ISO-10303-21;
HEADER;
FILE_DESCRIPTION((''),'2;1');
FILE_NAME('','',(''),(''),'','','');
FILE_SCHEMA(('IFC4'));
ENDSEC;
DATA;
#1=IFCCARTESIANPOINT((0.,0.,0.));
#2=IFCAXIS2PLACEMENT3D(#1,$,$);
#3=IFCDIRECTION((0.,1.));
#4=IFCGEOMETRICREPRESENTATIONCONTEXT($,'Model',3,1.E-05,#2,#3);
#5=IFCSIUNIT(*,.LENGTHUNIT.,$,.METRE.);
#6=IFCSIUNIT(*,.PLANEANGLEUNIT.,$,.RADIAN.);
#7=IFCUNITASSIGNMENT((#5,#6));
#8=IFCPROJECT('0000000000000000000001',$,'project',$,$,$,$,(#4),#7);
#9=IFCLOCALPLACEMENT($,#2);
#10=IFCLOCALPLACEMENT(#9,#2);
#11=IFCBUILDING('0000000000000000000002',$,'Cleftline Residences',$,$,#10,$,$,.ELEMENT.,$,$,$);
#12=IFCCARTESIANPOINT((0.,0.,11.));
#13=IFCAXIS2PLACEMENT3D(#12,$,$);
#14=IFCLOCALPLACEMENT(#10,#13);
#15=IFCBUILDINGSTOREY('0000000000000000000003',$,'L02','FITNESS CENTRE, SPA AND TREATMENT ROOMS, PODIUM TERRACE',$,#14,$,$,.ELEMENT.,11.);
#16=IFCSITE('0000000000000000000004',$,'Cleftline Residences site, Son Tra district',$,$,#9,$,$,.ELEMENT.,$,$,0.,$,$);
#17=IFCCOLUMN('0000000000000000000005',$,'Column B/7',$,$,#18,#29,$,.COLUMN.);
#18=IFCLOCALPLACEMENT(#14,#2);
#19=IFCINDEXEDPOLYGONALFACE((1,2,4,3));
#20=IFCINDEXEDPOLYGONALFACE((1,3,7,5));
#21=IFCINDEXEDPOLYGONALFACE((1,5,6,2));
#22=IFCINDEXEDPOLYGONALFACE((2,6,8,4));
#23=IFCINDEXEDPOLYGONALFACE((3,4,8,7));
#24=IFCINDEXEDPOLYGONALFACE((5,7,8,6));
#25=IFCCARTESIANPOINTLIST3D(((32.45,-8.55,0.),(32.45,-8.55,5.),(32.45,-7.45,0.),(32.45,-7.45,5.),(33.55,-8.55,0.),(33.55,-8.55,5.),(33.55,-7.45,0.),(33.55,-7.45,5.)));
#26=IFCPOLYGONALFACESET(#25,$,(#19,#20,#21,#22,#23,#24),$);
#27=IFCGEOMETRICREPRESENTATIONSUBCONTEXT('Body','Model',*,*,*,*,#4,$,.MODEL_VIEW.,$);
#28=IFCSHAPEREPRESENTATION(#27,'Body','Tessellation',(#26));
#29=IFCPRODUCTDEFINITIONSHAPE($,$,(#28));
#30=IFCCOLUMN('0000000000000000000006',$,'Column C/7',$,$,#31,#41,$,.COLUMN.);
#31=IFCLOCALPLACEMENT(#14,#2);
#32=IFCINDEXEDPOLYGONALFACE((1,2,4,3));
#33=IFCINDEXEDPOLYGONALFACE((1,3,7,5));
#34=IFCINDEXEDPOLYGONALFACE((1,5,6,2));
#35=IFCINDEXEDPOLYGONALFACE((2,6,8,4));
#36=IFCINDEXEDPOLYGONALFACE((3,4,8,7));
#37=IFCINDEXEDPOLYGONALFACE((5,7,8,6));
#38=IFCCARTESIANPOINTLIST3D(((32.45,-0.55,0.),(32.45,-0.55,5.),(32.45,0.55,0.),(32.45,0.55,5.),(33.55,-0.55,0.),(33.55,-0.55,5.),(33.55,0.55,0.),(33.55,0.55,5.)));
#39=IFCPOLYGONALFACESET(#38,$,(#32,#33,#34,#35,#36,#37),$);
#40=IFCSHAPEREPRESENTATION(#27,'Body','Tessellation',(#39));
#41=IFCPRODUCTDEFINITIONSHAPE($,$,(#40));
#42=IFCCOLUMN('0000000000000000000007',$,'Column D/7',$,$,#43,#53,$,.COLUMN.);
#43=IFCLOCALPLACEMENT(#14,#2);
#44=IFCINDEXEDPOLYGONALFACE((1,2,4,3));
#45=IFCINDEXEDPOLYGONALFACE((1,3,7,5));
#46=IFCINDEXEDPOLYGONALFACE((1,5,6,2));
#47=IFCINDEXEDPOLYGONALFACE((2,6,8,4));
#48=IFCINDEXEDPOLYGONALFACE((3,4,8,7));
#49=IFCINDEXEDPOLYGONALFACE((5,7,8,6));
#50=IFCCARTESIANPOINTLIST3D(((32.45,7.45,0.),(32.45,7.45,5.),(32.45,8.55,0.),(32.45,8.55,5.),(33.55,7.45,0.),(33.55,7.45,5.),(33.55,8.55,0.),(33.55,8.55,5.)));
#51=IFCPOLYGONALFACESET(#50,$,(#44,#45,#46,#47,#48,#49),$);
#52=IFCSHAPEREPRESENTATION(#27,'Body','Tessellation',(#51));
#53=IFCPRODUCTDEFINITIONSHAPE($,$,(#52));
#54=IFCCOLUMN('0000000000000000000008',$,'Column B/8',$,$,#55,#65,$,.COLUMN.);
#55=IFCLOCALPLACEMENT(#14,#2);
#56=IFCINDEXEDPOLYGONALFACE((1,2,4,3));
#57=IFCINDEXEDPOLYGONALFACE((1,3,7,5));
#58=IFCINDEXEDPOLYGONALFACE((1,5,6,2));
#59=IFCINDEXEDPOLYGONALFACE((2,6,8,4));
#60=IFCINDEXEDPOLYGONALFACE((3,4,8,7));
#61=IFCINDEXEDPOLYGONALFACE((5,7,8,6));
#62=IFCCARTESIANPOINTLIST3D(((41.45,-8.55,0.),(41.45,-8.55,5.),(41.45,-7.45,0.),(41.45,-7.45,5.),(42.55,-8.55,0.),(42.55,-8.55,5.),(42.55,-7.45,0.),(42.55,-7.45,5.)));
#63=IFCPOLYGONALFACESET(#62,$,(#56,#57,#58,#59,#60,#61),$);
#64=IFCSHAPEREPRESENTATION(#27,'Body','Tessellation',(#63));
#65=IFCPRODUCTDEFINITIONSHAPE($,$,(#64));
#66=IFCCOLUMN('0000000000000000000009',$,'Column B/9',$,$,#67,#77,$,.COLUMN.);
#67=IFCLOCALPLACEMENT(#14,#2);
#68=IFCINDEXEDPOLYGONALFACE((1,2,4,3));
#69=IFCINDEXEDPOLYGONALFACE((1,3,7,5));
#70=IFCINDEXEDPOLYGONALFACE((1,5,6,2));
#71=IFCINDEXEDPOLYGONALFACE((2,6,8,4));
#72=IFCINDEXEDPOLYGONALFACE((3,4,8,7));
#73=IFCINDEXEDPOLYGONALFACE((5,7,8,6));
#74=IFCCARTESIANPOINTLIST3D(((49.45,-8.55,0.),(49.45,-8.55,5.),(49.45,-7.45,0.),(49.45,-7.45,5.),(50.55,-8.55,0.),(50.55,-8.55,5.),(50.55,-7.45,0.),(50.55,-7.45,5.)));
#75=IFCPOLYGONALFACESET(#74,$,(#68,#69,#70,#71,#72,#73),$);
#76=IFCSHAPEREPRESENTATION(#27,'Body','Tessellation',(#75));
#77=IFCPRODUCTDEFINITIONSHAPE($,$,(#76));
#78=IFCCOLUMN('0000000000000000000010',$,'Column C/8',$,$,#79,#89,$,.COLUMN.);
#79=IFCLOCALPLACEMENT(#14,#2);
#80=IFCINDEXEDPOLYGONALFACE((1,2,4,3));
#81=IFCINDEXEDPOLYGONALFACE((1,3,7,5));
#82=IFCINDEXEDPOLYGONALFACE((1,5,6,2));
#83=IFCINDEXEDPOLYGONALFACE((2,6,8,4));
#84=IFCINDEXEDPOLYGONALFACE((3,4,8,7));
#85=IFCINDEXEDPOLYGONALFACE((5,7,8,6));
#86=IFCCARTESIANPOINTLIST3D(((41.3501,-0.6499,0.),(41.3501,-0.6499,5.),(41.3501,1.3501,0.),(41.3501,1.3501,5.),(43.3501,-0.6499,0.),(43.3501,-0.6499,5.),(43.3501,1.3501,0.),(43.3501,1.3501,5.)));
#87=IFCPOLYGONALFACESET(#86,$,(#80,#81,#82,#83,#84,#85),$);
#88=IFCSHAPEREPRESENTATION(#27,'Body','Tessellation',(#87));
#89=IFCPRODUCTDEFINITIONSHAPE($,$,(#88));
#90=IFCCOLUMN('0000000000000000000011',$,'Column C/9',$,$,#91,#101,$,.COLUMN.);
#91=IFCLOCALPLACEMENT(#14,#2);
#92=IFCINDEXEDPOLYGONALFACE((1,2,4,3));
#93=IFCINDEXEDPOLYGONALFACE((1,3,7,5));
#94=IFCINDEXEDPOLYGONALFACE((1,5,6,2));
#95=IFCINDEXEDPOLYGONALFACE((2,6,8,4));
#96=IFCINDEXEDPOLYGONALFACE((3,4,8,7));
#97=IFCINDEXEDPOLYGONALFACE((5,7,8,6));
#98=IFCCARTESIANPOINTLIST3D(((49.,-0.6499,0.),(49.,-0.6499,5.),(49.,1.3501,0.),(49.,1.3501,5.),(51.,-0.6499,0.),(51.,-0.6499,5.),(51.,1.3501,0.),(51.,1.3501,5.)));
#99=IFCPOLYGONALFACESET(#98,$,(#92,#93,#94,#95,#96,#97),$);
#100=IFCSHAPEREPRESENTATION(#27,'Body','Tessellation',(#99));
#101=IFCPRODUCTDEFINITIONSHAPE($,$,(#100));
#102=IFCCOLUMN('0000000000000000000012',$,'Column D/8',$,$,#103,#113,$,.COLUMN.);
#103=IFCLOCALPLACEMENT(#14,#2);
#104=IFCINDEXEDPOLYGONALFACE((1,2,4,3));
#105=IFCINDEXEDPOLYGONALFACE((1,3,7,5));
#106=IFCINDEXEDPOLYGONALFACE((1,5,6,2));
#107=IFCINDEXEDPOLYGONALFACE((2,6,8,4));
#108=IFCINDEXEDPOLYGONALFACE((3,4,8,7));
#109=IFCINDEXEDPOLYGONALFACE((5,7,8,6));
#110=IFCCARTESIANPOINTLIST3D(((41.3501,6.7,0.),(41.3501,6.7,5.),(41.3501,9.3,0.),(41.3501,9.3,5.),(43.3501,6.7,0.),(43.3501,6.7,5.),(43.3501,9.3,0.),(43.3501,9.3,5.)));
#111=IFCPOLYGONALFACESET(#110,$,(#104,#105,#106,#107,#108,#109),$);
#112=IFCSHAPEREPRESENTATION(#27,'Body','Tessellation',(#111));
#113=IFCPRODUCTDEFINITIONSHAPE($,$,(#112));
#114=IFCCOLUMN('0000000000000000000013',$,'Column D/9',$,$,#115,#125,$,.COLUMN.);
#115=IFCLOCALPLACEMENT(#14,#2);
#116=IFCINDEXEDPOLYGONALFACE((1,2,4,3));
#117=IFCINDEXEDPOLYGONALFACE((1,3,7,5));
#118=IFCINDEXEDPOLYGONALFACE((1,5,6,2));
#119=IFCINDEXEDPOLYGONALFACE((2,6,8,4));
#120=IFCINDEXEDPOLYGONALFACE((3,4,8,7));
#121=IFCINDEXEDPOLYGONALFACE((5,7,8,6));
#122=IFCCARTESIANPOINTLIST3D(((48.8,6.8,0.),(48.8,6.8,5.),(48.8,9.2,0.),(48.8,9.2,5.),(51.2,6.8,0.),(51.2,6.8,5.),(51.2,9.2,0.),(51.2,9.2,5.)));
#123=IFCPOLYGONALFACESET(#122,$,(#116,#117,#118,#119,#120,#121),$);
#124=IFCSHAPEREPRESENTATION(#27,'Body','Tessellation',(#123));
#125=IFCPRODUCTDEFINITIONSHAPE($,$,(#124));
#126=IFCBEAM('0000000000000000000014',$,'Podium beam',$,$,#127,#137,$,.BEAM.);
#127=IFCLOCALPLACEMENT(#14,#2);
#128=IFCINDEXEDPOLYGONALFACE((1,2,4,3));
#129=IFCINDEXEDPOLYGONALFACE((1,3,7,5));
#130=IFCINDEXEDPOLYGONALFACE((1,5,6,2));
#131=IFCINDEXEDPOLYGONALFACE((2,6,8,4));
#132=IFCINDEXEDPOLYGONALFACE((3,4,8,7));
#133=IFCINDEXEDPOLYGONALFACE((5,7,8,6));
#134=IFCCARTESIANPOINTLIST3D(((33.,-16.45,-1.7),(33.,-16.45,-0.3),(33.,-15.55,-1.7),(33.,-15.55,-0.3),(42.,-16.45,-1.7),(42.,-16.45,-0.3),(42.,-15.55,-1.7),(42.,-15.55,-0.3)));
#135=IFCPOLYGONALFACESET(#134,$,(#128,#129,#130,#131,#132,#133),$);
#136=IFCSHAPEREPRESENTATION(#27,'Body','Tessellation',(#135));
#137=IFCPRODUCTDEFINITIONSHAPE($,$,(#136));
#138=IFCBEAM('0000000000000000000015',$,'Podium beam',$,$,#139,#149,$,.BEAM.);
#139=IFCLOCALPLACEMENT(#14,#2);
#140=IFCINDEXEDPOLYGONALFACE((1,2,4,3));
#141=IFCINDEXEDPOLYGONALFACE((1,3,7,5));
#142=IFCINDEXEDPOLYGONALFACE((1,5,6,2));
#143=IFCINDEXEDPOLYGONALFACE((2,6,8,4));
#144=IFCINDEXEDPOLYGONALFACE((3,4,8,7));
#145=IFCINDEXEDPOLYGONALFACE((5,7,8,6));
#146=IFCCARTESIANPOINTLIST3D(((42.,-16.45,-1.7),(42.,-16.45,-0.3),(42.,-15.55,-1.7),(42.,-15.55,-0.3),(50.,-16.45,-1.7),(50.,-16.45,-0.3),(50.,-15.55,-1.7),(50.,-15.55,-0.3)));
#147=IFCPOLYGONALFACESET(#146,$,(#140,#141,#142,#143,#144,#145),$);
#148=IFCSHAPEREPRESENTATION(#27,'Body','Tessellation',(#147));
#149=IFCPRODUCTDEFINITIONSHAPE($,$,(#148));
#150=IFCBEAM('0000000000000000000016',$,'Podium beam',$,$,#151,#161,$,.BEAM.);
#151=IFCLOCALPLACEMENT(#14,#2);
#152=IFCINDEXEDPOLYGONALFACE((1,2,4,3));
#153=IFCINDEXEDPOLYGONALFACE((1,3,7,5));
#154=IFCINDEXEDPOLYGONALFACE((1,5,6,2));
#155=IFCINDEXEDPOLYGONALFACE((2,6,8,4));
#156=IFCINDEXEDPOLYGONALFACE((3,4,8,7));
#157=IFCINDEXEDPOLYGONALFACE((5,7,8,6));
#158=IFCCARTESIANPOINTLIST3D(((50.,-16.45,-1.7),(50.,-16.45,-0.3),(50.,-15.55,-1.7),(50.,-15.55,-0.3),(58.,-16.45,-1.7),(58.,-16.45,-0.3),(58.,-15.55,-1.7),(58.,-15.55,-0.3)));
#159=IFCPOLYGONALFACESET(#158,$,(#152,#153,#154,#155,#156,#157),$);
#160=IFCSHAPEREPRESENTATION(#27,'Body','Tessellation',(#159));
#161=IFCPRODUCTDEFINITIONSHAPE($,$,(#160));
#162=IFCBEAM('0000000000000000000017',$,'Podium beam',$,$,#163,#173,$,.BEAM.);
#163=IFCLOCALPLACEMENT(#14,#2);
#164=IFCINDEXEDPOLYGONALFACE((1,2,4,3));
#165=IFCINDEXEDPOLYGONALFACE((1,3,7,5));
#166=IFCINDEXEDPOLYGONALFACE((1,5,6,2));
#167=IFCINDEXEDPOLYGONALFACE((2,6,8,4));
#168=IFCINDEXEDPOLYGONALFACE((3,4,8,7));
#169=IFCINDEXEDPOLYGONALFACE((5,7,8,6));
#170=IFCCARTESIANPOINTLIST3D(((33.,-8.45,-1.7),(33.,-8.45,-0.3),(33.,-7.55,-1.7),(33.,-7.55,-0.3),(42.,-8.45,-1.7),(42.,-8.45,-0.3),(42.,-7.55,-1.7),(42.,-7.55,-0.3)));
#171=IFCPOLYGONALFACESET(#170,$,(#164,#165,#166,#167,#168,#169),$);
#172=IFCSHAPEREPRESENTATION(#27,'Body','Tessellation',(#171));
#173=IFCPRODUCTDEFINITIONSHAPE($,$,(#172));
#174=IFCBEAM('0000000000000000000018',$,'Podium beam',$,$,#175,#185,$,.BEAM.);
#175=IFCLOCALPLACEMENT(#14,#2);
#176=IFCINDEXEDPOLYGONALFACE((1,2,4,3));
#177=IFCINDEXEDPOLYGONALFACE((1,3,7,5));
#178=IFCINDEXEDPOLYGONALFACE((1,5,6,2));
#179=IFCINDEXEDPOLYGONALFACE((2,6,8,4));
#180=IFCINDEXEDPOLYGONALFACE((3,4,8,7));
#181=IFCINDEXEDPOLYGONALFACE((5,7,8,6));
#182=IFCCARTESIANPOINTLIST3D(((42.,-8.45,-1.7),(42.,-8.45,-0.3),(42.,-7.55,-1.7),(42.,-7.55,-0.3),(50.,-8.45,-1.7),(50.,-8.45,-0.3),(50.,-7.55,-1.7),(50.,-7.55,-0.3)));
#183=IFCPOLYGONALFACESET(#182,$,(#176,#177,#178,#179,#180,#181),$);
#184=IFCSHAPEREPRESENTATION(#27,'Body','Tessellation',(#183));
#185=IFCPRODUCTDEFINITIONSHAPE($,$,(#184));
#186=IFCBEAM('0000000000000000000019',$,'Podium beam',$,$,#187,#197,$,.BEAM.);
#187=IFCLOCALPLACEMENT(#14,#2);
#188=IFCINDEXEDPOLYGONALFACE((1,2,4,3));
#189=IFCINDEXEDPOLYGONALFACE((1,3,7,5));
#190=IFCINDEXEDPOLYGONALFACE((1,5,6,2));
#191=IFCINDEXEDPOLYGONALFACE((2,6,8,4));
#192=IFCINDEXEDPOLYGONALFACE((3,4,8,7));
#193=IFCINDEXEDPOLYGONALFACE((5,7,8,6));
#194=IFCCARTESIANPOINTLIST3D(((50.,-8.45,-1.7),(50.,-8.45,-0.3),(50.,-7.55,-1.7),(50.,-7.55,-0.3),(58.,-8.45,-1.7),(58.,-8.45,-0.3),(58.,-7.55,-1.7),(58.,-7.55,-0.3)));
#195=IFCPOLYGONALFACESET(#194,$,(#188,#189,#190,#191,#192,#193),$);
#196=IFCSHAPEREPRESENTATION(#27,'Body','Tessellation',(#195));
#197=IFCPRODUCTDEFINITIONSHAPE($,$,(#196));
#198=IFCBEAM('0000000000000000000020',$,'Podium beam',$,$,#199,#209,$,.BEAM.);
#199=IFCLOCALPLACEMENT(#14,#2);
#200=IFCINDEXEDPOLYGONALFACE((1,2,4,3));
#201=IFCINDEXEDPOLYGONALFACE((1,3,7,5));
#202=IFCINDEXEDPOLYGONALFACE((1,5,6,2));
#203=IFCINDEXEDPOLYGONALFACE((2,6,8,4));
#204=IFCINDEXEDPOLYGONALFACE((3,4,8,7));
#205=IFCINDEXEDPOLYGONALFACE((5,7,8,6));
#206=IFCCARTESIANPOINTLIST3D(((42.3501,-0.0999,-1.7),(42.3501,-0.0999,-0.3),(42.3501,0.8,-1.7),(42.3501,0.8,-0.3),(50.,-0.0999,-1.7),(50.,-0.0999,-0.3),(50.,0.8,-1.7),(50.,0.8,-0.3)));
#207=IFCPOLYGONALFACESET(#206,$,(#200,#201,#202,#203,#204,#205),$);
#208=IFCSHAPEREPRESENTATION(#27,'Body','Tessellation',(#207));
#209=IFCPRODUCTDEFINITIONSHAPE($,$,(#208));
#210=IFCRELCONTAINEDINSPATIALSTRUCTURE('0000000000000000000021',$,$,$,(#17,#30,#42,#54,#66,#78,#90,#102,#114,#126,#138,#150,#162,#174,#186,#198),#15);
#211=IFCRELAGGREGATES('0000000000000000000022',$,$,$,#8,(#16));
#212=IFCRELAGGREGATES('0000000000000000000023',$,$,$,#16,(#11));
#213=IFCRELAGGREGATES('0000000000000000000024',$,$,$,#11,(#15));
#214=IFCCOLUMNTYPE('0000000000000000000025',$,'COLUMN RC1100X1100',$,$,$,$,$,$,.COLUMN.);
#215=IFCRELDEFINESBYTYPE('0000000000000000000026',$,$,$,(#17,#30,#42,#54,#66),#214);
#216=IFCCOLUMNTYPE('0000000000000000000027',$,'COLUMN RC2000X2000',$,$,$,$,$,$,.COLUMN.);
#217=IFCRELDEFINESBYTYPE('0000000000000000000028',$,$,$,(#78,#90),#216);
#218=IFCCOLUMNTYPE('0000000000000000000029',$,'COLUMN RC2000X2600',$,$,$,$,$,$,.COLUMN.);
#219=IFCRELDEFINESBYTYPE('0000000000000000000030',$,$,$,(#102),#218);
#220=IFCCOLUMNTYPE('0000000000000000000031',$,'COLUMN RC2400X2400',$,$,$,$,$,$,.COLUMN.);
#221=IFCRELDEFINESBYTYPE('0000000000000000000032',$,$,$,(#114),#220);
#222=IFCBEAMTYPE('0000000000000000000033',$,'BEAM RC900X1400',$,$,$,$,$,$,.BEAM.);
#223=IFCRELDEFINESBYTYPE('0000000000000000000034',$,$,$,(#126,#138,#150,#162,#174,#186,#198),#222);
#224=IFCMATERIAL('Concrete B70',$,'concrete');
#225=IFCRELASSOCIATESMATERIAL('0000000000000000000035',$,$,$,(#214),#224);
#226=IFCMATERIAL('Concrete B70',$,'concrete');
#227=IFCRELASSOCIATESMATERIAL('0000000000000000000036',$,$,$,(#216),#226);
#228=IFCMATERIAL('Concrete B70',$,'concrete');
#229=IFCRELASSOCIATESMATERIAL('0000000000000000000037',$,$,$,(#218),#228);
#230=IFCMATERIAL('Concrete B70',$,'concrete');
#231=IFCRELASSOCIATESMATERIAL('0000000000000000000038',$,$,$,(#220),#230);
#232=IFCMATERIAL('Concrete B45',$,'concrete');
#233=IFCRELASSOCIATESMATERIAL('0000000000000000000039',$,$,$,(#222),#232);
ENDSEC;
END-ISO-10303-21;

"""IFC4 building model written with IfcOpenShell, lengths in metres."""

from ifc_helpers import new_model, si_unit, direction, frame, origin, origin_2d, place, context, subcontext, project, spatial, rectangle, extrude, material, material_profile, profile_set, type_object, element, save


model = new_model("IFC4")

# Units and contexts
model_context = context("Model", 3, precision=1e-05, world=origin(), true_north=direction((0.0, 1.0)))
body_context = subcontext(model_context, "Body", "Model", "MODEL_VIEW")
ifc_project = project(units=[si_unit("LENGTHUNIT", "METRE"), si_unit("PLANEANGLEUNIT", "RADIAN")], contexts=[model_context])

# Site, building, storey
site_placement = place(None, origin())
site = spatial("IfcSite", under=ifc_project, at=site_placement, Name="Cleftline Residences site, Son Tra district", CompositionType="ELEMENT", RefElevation=0.0)
building_placement = place(site_placement, origin())
building = spatial("IfcBuilding", under=site, at=building_placement, Name="Cleftline Residences", CompositionType="ELEMENT")
storey_placement = place(building_placement, frame((0.0, 0.0, 11.0)))
storey = spatial("IfcBuildingStorey", under=building, at=storey_placement, Name="L02", Description="FITNESS CENTRE, SPA AND TREATMENT ROOMS, PODIUM TERRACE", CompositionType="ELEMENT", Elevation=11.0)

# Columns
ifc_material_1 = material(Name="Concrete B70", Category="concrete")
ifc_material_profile_1 = material_profile(ifc_material_1, rectangle(XDim=1.1001, YDim=1.1001, at=origin_2d()))
ifc_profile_set_1 = profile_set([ifc_material_profile_1], Name="Concrete B70")
column_type_1 = type_object("IfcColumnType", Name="COLUMN RC1100X1100", PredefinedType="COLUMN", material=ifc_profile_set_1)
for number, where, z_axis, x_axis, name in (
    (1, (33.0, -8.0, 0.0), (0.0, 0.0, 1.0), (1.0, 0.0, 0.0), "Column B/7"),
    (2, (33.0, 0.0, 0.0), (0.0, 0.0, 1.0), (1.0, 0.0, 0.0), "Column C/7"),
    (3, (33.0, 8.0, 0.0), (0.0, 0.0, 1.0), (1.0, 0.0, 0.0), "Column D/7"),
    (4, (42.0, -8.0, 0.0), (0.0, 0.0, 1.0), (1.0, 0.0, 0.0), "Column B/8"),
    (5, (50.0, -8.0, 0.0), (0.0, 0.0, 1.0), (1.0, 0.0, 0.0), "Column B/9"),
):
    element("IfcColumn", number, at=place(storey_placement, frame(where, z_axis=z_axis, x_axis=x_axis)), inside=storey, type_object=column_type_1, Name=name, PredefinedType="COLUMN", context=body_context, shape_type="SweptSolid", body=[
        extrude(rectangle(XDim=1.1001, YDim=1.1001, at=origin_2d()), origin(), (0.0, 0.0, 1.0), 5.0),
    ])
ifc_material_2 = material(Name="Concrete B70", Category="concrete")
ifc_material_profile_2 = material_profile(ifc_material_2, rectangle(XDim=2.0, YDim=2.0, at=origin_2d()))
ifc_profile_set_2 = profile_set([ifc_material_profile_2], Name="Concrete B70")
column_type_2 = type_object("IfcColumnType", Name="COLUMN RC2000X2000", PredefinedType="COLUMN", material=ifc_profile_set_2)
for number, where, z_axis, x_axis, name in (
    (6, (42.3501, 0.3501, 0.0), (0.0, 0.0, 1.0), (1.0, 0.0, 0.0), "Column C/8"),
    (7, (50.0, 0.3501, 0.0), (0.0, 0.0, 1.0), (1.0, 0.0, 0.0), "Column C/9"),
):
    element("IfcColumn", number, at=place(storey_placement, frame(where, z_axis=z_axis, x_axis=x_axis)), inside=storey, type_object=column_type_2, Name=name, PredefinedType="COLUMN", context=body_context, shape_type="SweptSolid", body=[
        extrude(rectangle(XDim=2.0, YDim=2.0, at=origin_2d()), origin(), (0.0, 0.0, 1.0), 5.0),
    ])
ifc_material_3 = material(Name="Concrete B70", Category="concrete")
ifc_material_profile_3 = material_profile(ifc_material_3, rectangle(XDim=2.0, YDim=2.6001, at=origin_2d()))
ifc_profile_set_3 = profile_set([ifc_material_profile_3], Name="Concrete B70")
column_type_3 = type_object("IfcColumnType", Name="COLUMN RC2000X2600", PredefinedType="COLUMN", material=ifc_profile_set_3)
column_1_placement = place(storey_placement, frame((42.3501, 8.0, 0.0), z_axis=(0.0, 0.0, 1.0), x_axis=(1.0, 0.0, 0.0)))
element("IfcColumn", 8, at=column_1_placement, inside=storey, type_object=column_type_3, Name="Column D/8", PredefinedType="COLUMN", context=body_context, shape_type="SweptSolid", body=[
    extrude(rectangle(XDim=2.0, YDim=2.6001, at=origin_2d()), origin(), (0.0, 0.0, 1.0), 5.0),
])
ifc_material_4 = material(Name="Concrete B70", Category="concrete")
ifc_material_profile_4 = material_profile(ifc_material_4, rectangle(XDim=2.3999, YDim=2.3999, at=origin_2d()))
ifc_profile_set_4 = profile_set([ifc_material_profile_4], Name="Concrete B70")
column_type_4 = type_object("IfcColumnType", Name="COLUMN RC2400X2400", PredefinedType="COLUMN", material=ifc_profile_set_4)
column_2_placement = place(storey_placement, frame((50.0, 8.0, 0.0), z_axis=(0.0, 0.0, 1.0), x_axis=(1.0, 0.0, 0.0)))
element("IfcColumn", 9, at=column_2_placement, inside=storey, type_object=column_type_4, Name="Column D/9", PredefinedType="COLUMN", context=body_context, shape_type="SweptSolid", body=[
    extrude(rectangle(XDim=2.3999, YDim=2.3999, at=origin_2d()), origin(), (0.0, 0.0, 1.0), 5.0),
])

# Beams
ifc_material_5 = material(Name="Concrete B45", Category="concrete")
ifc_material_profile_5 = material_profile(ifc_material_5, rectangle(XDim=0.8999, YDim=1.3999, at=origin_2d()))
ifc_profile_set_5 = profile_set([ifc_material_profile_5], Name="Concrete B45")
beam_type = type_object("IfcBeamType", Name="BEAM RC900X1400", PredefinedType="BEAM", material=ifc_profile_set_5)
beam_1_placement = place(storey_placement, frame((33.0, -16.0, -1.0), z_axis=(1.0, 0.0, 0.0), x_axis=(0.0, 1.0, 0.0)))
element("IfcBeam", 10, at=beam_1_placement, inside=storey, type_object=beam_type, Name="Podium beam", PredefinedType="BEAM", context=body_context, shape_type="SweptSolid", body=[
    extrude(rectangle(XDim=0.8999, YDim=1.3999, at=origin_2d()), origin(), (0.0, 0.0, 1.0), 9.0),
])
for number, where, z_axis, x_axis, name in (
    (11, (42.0, -16.0, -1.0), (1.0, 0.0, 0.0), (0.0, 1.0, 0.0), "Podium beam"),
    (12, (50.0, -16.0, -1.0), (1.0, 0.0, 0.0), (0.0, 1.0, 0.0), "Podium beam"),
):
    element("IfcBeam", number, at=place(storey_placement, frame(where, z_axis=z_axis, x_axis=x_axis)), inside=storey, type_object=beam_type, Name=name, PredefinedType="BEAM", context=body_context, shape_type="SweptSolid", body=[
        extrude(rectangle(XDim=0.8999, YDim=1.3999, at=origin_2d()), origin(), (0.0, 0.0, 1.0), 8.0),
    ])
beam_2_placement = place(storey_placement, frame((33.0, -8.0, -1.0), z_axis=(1.0, 0.0, 0.0), x_axis=(0.0, 1.0, 0.0)))
element("IfcBeam", 13, at=beam_2_placement, inside=storey, type_object=beam_type, Name="Podium beam", PredefinedType="BEAM", context=body_context, shape_type="SweptSolid", body=[
    extrude(rectangle(XDim=0.8999, YDim=1.3999, at=origin_2d()), origin(), (0.0, 0.0, 1.0), 9.0),
])
for number, where, z_axis, x_axis, name in (
    (14, (42.0, -8.0, -1.0), (1.0, 0.0, 0.0), (0.0, 1.0, 0.0), "Podium beam"),
    (15, (50.0, -8.0, -1.0), (1.0, 0.0, 0.0), (0.0, 1.0, 0.0), "Podium beam"),
):
    element("IfcBeam", number, at=place(storey_placement, frame(where, z_axis=z_axis, x_axis=x_axis)), inside=storey, type_object=beam_type, Name=name, PredefinedType="BEAM", context=body_context, shape_type="SweptSolid", body=[
        extrude(rectangle(XDim=0.8999, YDim=1.3999, at=origin_2d()), origin(), (0.0, 0.0, 1.0), 8.0),
    ])
beam_3_placement = place(storey_placement, frame((42.3501, 0.3501, -1.0), z_axis=(1.0, 0.0, 0.0), x_axis=(0.0, 1.0, 0.0)))
element("IfcBeam", 16, at=beam_3_placement, inside=storey, type_object=beam_type, Name="Podium beam", PredefinedType="BEAM", context=body_context, shape_type="SweptSolid", body=[
    extrude(rectangle(XDim=0.8999, YDim=1.3999, at=origin_2d()), origin(), (0.0, 0.0, 1.0), 7.6499),
])

save(model, "model.ifc")
